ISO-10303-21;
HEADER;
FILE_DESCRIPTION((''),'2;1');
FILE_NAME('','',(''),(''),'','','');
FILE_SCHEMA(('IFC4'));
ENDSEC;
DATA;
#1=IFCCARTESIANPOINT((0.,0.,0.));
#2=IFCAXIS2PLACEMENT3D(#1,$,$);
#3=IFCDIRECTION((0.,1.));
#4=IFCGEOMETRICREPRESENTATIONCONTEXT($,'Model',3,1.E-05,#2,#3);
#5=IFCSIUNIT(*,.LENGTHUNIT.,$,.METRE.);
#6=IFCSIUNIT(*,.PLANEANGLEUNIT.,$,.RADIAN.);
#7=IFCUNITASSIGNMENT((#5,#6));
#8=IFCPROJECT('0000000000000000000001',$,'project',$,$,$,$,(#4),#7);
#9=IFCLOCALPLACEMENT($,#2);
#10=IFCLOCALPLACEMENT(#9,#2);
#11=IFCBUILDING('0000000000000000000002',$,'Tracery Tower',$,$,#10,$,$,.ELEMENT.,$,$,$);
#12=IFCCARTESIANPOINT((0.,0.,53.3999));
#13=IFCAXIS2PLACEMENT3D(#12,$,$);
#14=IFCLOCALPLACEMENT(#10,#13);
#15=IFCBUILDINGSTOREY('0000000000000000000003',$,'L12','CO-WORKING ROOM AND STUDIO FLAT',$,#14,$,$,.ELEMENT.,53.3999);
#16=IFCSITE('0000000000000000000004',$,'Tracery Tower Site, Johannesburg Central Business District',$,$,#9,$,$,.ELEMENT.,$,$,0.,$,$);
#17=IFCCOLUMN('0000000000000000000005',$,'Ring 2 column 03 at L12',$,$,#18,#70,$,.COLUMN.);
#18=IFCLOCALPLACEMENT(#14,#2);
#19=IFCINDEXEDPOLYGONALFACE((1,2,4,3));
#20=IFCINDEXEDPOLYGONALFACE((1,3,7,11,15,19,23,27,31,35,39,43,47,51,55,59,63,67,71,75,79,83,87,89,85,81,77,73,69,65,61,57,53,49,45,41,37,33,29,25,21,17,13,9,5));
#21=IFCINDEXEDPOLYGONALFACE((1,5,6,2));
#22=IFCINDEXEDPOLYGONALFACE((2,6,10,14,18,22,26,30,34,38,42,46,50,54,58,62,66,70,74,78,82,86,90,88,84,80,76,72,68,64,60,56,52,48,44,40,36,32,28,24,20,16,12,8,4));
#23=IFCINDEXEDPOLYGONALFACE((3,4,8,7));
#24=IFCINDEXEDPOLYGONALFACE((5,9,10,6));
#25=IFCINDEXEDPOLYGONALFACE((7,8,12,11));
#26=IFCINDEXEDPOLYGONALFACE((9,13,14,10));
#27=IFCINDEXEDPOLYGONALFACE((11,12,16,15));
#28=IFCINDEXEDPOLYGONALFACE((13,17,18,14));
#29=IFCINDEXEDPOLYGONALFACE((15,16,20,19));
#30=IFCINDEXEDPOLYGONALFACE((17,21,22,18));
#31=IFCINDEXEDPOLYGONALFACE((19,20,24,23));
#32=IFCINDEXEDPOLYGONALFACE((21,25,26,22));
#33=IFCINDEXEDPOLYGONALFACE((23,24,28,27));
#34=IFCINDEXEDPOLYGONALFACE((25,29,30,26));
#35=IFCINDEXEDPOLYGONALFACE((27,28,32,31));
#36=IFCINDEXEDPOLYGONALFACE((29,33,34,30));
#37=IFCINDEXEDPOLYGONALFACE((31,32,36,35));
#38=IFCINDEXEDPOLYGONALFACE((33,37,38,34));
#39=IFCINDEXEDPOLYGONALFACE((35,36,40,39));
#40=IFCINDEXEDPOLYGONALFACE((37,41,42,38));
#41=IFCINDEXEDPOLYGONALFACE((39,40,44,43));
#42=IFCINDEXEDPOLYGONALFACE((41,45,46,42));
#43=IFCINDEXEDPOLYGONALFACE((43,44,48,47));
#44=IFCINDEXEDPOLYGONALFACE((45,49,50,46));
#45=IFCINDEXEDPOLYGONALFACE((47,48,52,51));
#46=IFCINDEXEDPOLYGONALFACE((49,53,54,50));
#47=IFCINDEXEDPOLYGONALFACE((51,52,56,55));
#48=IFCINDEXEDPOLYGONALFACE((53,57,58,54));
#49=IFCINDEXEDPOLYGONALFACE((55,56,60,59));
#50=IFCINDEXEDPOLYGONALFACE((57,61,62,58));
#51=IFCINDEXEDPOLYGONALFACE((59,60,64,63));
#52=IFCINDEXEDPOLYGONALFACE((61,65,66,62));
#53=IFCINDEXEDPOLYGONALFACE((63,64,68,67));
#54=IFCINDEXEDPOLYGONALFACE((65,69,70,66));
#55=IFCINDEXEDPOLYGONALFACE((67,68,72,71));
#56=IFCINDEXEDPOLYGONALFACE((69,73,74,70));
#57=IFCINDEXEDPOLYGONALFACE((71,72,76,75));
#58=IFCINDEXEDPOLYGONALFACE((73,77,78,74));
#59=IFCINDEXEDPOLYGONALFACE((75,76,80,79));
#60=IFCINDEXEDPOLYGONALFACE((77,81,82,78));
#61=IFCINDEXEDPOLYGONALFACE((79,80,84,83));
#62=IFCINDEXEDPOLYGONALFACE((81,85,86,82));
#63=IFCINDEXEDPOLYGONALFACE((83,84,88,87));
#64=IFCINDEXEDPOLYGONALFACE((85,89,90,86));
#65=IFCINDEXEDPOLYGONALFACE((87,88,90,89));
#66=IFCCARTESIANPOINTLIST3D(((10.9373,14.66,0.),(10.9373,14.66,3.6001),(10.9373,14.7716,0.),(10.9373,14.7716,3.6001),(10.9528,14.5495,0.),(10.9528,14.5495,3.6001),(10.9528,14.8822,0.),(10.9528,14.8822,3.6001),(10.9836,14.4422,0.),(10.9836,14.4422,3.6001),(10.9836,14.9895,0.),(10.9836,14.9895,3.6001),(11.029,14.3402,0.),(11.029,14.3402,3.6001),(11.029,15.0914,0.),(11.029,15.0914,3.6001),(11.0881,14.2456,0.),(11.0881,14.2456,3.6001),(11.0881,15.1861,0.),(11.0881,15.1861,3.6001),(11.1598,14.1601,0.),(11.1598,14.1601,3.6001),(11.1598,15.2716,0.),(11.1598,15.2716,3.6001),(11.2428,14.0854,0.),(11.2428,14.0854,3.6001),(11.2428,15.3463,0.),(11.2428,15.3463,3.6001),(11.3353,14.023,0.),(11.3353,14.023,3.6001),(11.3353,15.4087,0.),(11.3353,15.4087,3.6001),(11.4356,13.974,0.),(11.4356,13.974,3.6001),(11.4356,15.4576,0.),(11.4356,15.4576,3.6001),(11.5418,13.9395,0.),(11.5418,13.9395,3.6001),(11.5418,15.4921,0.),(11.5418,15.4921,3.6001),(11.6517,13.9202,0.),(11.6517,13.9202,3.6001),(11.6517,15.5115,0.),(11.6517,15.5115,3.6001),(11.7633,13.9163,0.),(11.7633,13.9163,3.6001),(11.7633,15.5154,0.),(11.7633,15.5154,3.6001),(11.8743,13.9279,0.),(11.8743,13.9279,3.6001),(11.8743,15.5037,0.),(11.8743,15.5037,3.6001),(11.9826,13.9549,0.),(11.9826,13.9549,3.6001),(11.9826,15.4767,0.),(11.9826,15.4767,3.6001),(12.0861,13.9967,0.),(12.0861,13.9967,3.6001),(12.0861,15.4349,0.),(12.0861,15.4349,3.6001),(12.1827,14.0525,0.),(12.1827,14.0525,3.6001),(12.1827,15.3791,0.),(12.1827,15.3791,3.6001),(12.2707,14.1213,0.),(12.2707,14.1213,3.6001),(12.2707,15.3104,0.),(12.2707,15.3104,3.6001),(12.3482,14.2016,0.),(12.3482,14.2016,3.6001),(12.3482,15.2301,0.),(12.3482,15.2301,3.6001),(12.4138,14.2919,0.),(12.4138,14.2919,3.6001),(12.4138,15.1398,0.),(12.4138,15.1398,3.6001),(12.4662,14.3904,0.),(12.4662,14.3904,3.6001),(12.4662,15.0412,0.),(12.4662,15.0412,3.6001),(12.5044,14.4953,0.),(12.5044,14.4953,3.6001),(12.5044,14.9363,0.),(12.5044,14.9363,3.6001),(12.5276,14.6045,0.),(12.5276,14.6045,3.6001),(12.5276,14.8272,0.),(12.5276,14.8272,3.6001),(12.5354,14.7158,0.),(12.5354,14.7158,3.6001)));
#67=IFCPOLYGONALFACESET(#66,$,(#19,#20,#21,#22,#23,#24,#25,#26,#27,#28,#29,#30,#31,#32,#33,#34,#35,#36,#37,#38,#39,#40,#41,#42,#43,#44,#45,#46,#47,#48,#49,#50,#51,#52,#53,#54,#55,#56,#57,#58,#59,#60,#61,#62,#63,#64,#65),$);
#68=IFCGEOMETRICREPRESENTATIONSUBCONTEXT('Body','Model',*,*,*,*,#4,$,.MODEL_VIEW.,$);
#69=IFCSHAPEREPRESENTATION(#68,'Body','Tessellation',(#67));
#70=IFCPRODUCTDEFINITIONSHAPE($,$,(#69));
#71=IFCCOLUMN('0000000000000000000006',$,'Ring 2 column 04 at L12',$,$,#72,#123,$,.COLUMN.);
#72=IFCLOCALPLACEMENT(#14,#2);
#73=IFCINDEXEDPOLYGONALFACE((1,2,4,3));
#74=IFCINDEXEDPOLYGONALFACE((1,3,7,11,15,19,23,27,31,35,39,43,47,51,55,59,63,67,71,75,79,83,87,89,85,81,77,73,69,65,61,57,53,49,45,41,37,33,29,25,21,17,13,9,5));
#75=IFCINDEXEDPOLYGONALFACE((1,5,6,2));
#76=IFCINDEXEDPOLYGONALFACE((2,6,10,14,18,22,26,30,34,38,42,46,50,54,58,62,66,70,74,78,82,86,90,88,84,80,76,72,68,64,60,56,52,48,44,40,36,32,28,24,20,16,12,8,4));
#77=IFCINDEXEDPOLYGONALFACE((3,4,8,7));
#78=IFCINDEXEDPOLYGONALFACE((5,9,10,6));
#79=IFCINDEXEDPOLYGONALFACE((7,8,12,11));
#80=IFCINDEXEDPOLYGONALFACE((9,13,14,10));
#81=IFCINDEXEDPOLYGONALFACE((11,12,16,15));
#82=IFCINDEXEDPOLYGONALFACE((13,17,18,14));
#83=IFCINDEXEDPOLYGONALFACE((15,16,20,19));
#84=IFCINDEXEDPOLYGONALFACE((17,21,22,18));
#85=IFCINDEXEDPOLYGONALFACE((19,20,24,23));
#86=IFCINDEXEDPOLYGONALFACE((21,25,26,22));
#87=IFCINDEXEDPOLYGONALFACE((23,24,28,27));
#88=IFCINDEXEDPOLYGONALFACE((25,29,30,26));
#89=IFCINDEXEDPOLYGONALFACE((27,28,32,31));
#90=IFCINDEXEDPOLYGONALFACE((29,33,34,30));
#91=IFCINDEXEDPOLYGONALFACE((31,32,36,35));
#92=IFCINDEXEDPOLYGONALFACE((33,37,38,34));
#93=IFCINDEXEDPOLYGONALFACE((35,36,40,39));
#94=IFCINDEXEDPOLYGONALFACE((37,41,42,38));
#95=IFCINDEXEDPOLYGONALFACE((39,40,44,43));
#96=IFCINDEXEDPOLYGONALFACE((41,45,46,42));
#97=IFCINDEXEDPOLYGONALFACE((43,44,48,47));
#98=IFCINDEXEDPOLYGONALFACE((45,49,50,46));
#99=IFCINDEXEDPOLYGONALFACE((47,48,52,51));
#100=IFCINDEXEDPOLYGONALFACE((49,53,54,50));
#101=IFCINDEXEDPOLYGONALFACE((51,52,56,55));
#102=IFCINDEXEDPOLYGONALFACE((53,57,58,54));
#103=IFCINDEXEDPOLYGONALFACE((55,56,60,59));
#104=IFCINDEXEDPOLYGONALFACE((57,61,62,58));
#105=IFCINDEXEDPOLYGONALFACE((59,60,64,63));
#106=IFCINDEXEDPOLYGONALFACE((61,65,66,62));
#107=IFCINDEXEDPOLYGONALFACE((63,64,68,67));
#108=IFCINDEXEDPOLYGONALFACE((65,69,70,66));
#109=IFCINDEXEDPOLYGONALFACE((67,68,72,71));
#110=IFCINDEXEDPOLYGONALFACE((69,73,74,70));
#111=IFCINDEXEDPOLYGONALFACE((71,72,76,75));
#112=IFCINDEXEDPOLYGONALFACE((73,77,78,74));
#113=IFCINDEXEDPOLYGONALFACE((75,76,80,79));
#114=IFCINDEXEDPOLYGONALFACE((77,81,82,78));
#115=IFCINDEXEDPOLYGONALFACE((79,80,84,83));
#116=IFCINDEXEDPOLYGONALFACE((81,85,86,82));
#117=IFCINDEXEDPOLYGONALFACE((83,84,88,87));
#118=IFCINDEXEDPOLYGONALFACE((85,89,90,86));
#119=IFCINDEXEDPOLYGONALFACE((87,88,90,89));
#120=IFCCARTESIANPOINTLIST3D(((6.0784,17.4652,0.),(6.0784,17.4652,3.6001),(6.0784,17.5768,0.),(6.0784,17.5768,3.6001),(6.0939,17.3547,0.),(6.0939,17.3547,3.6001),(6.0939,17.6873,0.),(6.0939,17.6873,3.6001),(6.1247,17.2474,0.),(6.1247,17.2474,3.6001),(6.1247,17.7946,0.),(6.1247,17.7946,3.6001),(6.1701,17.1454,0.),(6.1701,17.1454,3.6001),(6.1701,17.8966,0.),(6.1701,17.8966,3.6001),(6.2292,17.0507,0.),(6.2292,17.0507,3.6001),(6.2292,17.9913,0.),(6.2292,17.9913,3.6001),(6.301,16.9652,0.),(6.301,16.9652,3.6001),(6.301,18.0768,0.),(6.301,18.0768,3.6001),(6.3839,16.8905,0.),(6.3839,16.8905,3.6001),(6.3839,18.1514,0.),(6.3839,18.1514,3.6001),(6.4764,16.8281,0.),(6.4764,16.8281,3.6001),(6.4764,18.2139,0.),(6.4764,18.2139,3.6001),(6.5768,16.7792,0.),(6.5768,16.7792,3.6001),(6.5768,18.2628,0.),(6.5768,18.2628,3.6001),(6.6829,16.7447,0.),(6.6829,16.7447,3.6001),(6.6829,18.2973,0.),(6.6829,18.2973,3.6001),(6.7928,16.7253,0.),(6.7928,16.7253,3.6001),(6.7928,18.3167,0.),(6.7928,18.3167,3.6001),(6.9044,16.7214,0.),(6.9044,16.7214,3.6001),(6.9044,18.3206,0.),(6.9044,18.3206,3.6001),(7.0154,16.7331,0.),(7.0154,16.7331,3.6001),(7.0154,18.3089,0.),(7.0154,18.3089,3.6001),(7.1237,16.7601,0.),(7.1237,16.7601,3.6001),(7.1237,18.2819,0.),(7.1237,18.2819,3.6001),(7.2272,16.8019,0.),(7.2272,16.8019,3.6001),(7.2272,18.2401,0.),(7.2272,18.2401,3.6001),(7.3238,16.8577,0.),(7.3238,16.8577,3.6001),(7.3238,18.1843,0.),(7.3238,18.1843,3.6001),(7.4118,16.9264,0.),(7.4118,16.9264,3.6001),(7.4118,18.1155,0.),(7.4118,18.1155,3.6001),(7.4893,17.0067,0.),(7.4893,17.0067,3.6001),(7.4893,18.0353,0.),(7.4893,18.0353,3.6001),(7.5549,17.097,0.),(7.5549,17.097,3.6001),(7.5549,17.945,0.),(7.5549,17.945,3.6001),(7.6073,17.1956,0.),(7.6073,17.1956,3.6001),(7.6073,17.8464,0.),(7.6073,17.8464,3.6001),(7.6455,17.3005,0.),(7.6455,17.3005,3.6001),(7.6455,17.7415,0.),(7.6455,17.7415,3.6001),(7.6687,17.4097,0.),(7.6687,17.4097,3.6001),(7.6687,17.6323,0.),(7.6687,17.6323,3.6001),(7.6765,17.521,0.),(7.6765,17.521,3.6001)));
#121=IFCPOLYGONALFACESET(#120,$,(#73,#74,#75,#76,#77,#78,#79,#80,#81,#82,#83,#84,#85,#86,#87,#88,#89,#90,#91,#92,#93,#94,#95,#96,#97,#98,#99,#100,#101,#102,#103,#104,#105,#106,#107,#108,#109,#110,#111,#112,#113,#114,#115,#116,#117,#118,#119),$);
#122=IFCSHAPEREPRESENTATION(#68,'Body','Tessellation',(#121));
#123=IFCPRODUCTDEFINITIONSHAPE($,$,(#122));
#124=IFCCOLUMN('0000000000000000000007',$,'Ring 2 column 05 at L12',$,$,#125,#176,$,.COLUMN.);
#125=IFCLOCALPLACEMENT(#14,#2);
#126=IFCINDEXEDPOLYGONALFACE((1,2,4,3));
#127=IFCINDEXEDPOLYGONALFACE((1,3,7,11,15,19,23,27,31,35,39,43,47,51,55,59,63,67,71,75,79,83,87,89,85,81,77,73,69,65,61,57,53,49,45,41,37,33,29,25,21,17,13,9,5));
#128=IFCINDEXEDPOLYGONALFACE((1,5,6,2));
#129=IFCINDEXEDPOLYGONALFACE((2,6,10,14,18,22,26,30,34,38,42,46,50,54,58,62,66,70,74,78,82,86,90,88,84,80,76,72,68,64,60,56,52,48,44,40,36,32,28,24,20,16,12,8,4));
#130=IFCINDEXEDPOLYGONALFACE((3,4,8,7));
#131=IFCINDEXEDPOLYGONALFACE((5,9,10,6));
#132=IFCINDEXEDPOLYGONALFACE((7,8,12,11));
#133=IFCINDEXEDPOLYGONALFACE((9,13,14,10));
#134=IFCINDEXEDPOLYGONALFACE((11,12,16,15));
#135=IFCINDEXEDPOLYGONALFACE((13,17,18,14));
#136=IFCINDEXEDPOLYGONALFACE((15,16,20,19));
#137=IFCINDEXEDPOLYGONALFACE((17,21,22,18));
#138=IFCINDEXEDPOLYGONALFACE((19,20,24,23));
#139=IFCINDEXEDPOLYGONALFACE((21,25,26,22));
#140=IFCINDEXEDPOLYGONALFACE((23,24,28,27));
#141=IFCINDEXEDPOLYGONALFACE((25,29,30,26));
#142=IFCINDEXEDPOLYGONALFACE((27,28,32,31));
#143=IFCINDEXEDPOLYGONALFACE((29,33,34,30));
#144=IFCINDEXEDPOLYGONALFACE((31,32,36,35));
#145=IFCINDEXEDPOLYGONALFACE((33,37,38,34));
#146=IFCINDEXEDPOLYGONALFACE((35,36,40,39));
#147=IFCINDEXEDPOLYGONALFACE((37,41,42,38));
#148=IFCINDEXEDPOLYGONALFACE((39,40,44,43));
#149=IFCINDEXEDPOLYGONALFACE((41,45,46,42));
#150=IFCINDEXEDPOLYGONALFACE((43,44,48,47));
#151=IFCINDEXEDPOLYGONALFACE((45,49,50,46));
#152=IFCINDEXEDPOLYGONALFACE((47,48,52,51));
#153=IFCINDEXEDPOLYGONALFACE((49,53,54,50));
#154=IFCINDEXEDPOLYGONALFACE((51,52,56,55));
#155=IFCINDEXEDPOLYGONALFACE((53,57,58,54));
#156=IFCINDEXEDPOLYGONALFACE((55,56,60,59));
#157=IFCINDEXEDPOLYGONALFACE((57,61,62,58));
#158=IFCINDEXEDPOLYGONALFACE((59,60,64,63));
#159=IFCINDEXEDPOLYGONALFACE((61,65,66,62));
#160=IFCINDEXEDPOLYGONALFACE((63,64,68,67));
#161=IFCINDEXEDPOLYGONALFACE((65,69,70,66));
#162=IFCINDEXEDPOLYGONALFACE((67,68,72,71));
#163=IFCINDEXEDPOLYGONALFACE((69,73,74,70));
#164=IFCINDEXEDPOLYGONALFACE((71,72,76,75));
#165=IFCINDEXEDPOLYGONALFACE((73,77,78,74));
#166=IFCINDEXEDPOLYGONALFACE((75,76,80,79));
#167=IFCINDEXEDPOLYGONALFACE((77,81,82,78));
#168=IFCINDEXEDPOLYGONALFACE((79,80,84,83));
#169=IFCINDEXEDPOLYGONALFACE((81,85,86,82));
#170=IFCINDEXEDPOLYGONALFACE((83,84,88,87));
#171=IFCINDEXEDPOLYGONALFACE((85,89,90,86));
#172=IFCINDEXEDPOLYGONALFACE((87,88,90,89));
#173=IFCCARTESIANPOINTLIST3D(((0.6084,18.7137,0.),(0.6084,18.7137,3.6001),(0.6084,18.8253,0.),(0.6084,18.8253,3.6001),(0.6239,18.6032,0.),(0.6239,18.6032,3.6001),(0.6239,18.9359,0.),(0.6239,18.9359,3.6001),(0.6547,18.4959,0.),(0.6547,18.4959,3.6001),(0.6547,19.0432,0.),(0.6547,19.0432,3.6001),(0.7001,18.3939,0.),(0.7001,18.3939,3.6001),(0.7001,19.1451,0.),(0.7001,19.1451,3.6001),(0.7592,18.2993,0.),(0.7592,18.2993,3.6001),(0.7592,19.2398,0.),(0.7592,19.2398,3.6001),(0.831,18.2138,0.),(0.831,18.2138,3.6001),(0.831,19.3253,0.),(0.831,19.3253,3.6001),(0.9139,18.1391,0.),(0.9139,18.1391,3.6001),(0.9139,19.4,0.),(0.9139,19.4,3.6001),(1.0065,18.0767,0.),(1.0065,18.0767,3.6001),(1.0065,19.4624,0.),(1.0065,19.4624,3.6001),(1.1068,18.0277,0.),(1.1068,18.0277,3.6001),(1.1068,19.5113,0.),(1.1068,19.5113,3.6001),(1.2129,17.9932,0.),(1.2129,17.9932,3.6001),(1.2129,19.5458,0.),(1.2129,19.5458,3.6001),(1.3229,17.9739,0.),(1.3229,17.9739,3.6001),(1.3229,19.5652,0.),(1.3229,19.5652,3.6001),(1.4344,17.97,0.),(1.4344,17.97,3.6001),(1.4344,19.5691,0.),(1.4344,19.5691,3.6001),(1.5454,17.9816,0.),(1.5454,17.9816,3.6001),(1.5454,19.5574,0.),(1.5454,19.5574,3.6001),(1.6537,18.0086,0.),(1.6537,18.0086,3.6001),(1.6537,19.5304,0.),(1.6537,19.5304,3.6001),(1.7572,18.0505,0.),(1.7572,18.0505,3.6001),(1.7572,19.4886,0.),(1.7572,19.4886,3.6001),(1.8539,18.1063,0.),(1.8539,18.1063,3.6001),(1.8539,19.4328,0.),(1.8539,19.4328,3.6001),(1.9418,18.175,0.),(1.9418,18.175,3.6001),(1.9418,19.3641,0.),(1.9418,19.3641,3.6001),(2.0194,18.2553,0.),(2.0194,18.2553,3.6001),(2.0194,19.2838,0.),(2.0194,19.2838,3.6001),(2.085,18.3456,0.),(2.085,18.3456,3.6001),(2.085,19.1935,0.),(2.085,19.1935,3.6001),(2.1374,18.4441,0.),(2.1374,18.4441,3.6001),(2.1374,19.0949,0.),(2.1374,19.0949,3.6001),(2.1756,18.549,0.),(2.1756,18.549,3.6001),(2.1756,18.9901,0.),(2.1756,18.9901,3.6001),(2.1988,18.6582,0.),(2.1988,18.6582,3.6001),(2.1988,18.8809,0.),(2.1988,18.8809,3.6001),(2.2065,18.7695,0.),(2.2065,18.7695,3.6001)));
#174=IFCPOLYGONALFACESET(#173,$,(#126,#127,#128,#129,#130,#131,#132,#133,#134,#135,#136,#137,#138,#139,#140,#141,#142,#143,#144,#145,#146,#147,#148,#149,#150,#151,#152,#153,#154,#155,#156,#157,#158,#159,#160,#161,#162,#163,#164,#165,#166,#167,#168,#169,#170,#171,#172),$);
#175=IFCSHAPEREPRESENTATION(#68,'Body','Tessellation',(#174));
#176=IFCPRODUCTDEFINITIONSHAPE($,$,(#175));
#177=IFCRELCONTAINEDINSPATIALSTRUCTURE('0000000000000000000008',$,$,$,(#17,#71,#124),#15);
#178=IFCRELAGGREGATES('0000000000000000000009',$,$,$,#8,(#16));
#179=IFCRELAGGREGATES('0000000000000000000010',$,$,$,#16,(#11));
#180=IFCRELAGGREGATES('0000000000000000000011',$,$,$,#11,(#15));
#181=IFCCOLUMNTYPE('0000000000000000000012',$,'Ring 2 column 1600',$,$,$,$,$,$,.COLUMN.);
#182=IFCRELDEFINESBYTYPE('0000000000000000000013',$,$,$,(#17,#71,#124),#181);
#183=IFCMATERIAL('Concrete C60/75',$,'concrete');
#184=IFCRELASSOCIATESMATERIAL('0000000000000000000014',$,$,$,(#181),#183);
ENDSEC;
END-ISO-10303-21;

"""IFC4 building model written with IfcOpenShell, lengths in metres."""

from ifc_helpers import new_model, si_unit, direction, frame, origin, origin_2d, place, context, subcontext, project, spatial, circle, extrude, material, material_profile, profile_set, type_object, element, save


model = new_model("IFC4")

# Units and contexts
model_context = context("Model", 3, precision=1e-05, world=origin(), true_north=direction((0.0, 1.0)))
body_context = subcontext(model_context, "Body", "Model", "MODEL_VIEW")
ifc_project = project(units=[si_unit("LENGTHUNIT", "METRE"), si_unit("PLANEANGLEUNIT", "RADIAN")], contexts=[model_context])

# Site, building, storey
site_placement = place(None, origin())
site = spatial("IfcSite", under=ifc_project, at=site_placement, Name="Tracery Tower Site, Johannesburg Central Business District", CompositionType="ELEMENT", RefElevation=0.0)
building_placement = place(site_placement, origin())
building = spatial("IfcBuilding", under=site, at=building_placement, Name="Tracery Tower", CompositionType="ELEMENT")
storey_placement = place(building_placement, frame((0.0, 0.0, 53.3999)))
storey = spatial("IfcBuildingStorey", under=building, at=storey_placement, Name="L12", Description="CO-WORKING ROOM AND STUDIO FLAT", CompositionType="ELEMENT", Elevation=53.3999)

# Columns
ifc_material_1 = material(Name="Concrete C60/75", Category="concrete")
ifc_material_profile = material_profile(ifc_material_1, circle(Radius=0.8, at=origin_2d()), Name="RC D1600")
ifc_profile_set = profile_set([ifc_material_profile], Name="Concrete C60/75")
column_type = type_object("IfcColumnType", Name="Ring 2 column 1600", PredefinedType="COLUMN", material=ifc_profile_set)
for number, where, z_axis, x_axis, name in (
    (1, (11.7354, 14.7158, 0.0), (0.0, 0.0, 1.0), (1.0, 0.0, 0.0), "Ring 2 column 03 at L12"),
    (2, (6.8765, 17.521, 0.0), (0.0, 0.0, 1.0), (1.0, 0.0, 0.0), "Ring 2 column 04 at L12"),
    (3, (1.4065, 18.7695, 0.0), (0.0, 0.0, 1.0), (1.0, 0.0, 0.0), "Ring 2 column 05 at L12"),
):
    element("IfcColumn", number, at=place(storey_placement, frame(where, z_axis=z_axis, x_axis=x_axis)), inside=storey, type_object=column_type, Name=name, PredefinedType="COLUMN", context=body_context, shape_type="SweptSolid", body=[
        extrude(circle(Radius=0.8, at=origin_2d()), origin(), (0.0, 0.0, 1.0), 3.6001),
    ])

save(model, "model.ifc")
